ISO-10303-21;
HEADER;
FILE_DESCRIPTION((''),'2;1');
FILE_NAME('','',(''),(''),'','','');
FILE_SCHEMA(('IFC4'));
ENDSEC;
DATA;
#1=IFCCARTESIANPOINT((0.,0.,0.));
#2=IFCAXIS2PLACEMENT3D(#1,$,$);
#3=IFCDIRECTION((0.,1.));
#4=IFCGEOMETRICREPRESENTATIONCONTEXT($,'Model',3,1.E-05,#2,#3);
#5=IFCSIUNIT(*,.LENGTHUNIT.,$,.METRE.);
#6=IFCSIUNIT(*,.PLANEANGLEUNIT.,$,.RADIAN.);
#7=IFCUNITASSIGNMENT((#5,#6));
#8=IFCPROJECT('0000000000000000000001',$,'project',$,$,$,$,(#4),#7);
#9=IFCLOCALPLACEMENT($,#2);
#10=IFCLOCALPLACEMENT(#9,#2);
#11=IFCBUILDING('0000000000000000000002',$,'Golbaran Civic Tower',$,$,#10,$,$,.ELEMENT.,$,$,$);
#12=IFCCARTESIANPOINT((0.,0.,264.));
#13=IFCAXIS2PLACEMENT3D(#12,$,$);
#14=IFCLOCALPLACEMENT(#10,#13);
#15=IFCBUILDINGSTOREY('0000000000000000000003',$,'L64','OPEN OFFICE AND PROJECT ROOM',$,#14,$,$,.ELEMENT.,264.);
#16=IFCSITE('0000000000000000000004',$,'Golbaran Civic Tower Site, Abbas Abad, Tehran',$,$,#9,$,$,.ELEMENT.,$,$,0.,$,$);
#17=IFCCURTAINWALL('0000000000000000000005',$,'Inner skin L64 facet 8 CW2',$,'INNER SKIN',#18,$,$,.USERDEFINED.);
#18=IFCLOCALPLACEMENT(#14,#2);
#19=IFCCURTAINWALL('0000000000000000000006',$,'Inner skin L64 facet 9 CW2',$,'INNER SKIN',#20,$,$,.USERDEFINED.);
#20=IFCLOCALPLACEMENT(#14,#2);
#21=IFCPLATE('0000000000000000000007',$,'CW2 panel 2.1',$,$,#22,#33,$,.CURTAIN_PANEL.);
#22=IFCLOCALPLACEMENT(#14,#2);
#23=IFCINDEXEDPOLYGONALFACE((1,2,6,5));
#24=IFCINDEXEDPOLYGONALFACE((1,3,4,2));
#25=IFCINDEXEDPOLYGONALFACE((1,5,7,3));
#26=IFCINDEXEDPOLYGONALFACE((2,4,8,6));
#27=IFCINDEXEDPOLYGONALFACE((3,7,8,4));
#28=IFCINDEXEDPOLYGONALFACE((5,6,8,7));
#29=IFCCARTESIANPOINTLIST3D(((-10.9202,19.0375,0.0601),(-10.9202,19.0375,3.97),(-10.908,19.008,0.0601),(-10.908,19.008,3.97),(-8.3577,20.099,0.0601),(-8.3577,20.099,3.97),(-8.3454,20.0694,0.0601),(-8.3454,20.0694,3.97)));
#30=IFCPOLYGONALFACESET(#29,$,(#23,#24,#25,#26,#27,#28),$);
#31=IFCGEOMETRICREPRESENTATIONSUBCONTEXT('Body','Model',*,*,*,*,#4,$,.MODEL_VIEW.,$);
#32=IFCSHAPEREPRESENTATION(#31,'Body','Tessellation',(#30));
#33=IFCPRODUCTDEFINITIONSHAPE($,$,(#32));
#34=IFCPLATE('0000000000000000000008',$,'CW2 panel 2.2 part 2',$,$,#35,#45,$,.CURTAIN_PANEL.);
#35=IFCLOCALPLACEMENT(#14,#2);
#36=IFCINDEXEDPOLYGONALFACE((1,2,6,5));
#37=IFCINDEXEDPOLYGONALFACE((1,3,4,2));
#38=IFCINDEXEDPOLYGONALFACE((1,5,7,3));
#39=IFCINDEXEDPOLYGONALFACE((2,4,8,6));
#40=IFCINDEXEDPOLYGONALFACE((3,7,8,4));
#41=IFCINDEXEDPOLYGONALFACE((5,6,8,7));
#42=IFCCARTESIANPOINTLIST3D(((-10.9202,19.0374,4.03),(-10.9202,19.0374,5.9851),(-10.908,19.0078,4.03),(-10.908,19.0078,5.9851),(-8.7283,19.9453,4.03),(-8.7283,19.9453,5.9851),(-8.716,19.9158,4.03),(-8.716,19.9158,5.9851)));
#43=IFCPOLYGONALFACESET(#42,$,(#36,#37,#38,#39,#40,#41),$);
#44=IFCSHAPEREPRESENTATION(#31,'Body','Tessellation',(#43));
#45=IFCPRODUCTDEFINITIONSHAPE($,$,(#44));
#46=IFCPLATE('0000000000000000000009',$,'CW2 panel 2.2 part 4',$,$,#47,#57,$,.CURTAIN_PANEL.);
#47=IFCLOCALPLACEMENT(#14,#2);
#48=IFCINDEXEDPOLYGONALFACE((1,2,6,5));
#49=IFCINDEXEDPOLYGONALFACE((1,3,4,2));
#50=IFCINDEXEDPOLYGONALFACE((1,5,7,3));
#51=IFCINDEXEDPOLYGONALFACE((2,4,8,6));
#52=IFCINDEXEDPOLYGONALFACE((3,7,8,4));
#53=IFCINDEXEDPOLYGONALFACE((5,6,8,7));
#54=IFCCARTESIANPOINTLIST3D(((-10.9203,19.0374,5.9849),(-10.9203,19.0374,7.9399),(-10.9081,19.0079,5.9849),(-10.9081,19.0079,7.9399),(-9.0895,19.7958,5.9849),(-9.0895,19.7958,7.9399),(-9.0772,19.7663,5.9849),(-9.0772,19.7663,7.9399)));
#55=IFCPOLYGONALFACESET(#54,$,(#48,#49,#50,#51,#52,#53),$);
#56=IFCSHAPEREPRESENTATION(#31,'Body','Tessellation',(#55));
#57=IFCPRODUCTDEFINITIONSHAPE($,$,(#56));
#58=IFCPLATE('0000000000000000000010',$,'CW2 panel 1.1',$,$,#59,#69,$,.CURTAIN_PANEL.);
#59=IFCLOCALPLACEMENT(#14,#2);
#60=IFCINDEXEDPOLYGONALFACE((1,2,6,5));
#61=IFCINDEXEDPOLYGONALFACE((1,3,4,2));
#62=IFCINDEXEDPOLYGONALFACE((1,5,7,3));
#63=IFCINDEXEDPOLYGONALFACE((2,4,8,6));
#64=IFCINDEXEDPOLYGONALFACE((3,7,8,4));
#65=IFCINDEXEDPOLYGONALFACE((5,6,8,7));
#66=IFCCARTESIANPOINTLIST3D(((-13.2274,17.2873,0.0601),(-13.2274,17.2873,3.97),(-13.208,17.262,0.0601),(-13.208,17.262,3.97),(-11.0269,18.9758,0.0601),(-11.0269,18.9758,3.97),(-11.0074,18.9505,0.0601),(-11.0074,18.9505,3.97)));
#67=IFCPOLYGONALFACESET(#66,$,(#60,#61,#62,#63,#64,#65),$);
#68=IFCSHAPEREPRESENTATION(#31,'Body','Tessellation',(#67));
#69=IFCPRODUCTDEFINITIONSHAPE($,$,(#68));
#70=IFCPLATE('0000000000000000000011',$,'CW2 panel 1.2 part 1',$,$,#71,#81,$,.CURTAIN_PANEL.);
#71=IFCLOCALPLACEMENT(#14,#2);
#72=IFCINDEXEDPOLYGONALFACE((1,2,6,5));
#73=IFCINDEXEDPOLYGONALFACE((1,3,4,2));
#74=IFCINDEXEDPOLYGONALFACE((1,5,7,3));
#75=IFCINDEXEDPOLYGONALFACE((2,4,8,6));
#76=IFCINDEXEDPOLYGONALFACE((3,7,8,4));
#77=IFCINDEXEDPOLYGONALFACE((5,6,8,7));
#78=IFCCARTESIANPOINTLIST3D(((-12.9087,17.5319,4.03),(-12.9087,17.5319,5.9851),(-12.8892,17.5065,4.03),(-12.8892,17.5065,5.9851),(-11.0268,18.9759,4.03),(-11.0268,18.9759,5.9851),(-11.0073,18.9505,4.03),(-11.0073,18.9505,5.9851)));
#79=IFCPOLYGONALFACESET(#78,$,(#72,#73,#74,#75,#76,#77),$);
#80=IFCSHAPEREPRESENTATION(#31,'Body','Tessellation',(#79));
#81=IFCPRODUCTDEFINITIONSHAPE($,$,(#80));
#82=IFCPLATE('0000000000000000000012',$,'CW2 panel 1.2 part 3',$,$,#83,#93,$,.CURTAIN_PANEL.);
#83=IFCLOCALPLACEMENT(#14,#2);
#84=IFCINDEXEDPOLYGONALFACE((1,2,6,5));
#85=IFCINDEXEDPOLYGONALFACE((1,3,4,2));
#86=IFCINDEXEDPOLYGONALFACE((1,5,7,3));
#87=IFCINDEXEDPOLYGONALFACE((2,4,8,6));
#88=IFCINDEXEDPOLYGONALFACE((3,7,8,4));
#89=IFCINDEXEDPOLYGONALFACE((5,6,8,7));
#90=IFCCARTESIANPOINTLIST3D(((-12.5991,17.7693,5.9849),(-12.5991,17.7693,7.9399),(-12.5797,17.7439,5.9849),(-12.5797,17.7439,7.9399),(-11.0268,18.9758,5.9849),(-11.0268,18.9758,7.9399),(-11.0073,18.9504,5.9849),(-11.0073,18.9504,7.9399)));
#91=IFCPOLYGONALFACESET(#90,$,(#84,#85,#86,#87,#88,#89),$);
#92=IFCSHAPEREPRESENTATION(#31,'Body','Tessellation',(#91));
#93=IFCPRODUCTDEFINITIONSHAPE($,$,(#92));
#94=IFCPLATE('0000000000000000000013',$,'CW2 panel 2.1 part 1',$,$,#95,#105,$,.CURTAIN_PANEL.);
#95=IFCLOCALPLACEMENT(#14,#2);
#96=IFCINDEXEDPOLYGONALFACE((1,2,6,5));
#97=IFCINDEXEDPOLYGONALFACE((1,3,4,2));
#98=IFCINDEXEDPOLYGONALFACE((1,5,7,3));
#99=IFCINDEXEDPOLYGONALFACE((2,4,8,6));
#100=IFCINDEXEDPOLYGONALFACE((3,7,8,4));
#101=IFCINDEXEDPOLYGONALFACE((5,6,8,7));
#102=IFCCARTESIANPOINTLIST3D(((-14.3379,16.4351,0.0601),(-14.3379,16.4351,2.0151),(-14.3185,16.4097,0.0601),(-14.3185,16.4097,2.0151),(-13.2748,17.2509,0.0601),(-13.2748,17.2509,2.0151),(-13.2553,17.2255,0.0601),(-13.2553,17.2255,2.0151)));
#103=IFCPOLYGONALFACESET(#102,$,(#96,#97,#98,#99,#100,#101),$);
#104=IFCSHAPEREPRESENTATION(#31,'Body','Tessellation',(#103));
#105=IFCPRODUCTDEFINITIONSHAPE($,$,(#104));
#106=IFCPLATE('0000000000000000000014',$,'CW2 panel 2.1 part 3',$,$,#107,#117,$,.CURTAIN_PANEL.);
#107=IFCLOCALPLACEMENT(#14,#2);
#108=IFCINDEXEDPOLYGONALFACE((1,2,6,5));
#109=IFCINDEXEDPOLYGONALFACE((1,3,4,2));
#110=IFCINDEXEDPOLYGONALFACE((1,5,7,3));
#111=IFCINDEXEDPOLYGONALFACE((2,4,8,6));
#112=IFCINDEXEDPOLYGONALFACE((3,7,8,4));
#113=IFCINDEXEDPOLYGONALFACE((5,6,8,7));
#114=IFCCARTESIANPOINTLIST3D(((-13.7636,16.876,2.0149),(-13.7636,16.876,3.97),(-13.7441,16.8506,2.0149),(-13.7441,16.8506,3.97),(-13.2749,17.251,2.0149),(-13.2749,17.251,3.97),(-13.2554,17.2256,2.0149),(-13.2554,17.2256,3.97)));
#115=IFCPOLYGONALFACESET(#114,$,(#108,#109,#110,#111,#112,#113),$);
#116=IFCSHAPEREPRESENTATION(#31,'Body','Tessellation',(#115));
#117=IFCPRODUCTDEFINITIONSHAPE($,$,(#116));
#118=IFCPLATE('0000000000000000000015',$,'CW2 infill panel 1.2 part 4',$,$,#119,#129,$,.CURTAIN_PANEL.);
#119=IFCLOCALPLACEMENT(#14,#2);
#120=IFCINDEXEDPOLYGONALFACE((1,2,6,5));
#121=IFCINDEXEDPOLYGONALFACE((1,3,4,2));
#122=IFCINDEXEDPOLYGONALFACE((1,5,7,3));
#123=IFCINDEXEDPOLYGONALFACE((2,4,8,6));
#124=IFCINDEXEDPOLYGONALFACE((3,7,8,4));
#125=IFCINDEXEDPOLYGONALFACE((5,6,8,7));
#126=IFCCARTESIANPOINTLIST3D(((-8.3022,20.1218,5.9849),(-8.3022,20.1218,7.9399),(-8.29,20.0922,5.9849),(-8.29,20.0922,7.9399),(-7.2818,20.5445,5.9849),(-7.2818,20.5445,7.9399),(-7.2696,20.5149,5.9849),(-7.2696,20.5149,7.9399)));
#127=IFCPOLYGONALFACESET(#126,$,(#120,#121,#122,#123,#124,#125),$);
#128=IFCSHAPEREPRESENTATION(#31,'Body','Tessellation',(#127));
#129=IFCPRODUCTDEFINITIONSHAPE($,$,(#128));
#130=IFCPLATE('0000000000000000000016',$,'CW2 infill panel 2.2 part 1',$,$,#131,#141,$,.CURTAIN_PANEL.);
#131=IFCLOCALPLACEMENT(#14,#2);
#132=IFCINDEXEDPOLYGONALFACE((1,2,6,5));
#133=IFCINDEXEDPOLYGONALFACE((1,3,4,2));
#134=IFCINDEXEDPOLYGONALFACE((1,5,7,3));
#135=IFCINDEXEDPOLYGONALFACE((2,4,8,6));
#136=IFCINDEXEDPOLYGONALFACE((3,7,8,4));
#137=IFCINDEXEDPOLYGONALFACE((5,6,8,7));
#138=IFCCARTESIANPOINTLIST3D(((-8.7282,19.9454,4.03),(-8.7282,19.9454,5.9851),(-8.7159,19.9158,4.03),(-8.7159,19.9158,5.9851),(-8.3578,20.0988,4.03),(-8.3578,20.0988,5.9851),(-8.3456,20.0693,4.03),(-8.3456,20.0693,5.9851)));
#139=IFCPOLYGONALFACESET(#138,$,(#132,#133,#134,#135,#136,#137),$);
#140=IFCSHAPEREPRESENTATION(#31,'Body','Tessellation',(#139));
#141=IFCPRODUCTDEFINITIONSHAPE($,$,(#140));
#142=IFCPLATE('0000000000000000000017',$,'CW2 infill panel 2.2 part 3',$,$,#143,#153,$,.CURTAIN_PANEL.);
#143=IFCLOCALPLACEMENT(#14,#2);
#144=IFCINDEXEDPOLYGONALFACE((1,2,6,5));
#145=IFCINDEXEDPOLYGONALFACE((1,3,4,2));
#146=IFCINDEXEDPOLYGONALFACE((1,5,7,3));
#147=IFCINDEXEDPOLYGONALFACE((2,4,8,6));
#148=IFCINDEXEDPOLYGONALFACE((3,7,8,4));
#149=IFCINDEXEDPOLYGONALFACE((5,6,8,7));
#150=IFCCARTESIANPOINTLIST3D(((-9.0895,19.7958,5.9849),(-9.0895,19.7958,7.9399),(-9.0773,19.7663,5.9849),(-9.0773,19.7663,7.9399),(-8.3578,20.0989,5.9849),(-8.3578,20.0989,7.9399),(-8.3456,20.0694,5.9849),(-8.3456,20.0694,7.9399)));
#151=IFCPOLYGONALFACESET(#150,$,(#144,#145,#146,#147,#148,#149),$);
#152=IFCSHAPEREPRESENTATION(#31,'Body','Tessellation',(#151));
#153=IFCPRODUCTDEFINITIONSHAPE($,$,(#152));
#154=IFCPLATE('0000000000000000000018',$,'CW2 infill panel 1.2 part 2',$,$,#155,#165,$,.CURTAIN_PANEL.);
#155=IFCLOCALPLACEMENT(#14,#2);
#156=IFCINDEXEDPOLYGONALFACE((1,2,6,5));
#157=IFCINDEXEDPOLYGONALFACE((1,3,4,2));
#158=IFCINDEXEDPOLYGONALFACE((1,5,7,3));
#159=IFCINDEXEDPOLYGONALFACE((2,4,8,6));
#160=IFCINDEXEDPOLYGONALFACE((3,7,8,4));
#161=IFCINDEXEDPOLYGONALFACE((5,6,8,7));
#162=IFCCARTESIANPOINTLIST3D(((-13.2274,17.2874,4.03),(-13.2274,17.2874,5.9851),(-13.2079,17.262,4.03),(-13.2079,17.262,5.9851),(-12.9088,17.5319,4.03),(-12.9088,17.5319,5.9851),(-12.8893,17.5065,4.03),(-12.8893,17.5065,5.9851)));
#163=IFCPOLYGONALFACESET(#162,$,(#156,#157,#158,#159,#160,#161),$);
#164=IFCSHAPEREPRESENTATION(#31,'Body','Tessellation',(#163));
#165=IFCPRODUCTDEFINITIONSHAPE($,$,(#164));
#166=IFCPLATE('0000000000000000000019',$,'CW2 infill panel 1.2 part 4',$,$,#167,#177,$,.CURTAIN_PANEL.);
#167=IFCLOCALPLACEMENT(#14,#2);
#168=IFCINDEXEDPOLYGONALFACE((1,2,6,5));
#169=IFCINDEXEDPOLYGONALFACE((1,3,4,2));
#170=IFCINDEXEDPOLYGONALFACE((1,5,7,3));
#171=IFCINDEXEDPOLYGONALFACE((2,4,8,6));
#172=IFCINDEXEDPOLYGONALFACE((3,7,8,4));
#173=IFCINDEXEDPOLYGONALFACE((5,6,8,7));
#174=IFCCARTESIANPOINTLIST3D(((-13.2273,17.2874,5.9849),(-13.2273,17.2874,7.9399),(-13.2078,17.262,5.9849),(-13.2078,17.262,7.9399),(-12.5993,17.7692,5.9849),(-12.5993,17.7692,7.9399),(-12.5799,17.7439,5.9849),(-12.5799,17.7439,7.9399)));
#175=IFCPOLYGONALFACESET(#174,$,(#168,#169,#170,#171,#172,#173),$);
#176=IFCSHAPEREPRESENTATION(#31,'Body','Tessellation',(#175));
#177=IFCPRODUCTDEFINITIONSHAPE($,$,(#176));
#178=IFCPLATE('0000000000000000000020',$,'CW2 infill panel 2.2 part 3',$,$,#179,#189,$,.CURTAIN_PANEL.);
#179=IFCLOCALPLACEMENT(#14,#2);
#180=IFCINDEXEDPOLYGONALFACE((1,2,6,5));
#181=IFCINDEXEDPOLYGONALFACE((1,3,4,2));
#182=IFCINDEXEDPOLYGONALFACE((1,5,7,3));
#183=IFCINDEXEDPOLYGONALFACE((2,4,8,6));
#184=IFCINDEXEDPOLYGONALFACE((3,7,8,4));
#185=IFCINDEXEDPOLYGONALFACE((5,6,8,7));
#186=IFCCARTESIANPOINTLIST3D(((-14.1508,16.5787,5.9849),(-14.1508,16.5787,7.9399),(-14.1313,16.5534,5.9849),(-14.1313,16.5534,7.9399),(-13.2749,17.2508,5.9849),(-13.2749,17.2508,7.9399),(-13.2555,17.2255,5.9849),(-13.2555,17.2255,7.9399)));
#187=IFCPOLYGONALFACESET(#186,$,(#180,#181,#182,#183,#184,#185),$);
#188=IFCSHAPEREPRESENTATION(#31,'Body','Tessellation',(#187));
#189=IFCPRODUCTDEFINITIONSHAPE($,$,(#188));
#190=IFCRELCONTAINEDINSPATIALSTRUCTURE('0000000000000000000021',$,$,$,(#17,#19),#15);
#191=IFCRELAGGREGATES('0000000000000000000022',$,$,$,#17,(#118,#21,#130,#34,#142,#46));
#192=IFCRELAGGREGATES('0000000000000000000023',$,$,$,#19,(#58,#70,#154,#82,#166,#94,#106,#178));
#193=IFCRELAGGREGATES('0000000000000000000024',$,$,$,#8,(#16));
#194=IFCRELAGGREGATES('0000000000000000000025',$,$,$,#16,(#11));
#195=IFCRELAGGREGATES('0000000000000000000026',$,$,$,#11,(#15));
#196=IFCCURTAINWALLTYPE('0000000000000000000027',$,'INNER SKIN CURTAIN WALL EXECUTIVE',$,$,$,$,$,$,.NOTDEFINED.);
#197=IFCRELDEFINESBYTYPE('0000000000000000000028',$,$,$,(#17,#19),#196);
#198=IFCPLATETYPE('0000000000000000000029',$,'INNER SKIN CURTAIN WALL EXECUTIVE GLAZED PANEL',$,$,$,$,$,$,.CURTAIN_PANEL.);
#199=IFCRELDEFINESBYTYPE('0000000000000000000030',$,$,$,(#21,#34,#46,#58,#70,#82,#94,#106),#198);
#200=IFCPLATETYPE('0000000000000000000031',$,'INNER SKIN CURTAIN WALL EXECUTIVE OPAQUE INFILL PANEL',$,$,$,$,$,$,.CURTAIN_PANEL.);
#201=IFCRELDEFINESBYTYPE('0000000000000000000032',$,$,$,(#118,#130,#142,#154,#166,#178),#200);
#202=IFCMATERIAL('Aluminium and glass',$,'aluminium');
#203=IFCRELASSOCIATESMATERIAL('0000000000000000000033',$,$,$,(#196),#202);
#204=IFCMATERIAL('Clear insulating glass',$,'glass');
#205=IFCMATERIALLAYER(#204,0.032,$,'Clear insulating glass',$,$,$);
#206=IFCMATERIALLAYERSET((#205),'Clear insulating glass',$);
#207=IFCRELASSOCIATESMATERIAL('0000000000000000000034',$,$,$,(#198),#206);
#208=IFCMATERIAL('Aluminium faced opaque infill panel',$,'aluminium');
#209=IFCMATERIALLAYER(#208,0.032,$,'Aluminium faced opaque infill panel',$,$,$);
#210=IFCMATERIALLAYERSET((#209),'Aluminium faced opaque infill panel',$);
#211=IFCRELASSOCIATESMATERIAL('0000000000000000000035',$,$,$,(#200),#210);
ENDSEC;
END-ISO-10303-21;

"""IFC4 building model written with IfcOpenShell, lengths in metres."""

from ifc_helpers import new_model, si_unit, direction, frame, origin, origin_2d, place, context, subcontext, project, spatial, rectangle, extrude, material, layer, layer_set, type_object, element, aggregate, save


model = new_model("IFC4")

# Units and contexts
model_context = context("Model", 3, precision=1e-05, world=origin(), true_north=direction((0.0, 1.0)))
body_context = subcontext(model_context, "Body", "Model", "MODEL_VIEW")
ifc_project = project(units=[si_unit("LENGTHUNIT", "METRE"), si_unit("PLANEANGLEUNIT", "RADIAN")], contexts=[model_context])

# Site, building, storey
site_placement = place(None, origin())
site = spatial("IfcSite", under=ifc_project, at=site_placement, Name="Golbaran Civic Tower Site, Abbas Abad, Tehran", CompositionType="ELEMENT", RefElevation=0.0)
building_placement = place(site_placement, origin())
building = spatial("IfcBuilding", under=site, at=building_placement, Name="Golbaran Civic Tower", CompositionType="ELEMENT")
storey_placement = place(building_placement, frame((0.0, 0.0, 264.0)))
storey = spatial("IfcBuildingStorey", under=building, at=storey_placement, Name="L64", Description="OPEN OFFICE AND PROJECT ROOM", CompositionType="ELEMENT", Elevation=264.0)

# Curtain walls
ifc_material_1 = material(Name="Aluminium and glass", Category="aluminium")
curtain_wall_type = type_object("IfcCurtainWallType", Name="INNER SKIN CURTAIN WALL EXECUTIVE", PredefinedType="NOTDEFINED", material=ifc_material_1)
curtain_wall_1_placement = place(storey_placement, origin())
curtain_wall_1 = element("IfcCurtainWall", 1, at=curtain_wall_1_placement, inside=storey, type_object=curtain_wall_type, Name="Inner skin L64 facet 8 CW2", ObjectType="INNER SKIN", PredefinedType="USERDEFINED")
curtain_wall_2_placement = place(storey_placement, origin())
curtain_wall_2 = element("IfcCurtainWall", 2, at=curtain_wall_2_placement, inside=storey, type_object=curtain_wall_type, Name="Inner skin L64 facet 9 CW2", ObjectType="INNER SKIN", PredefinedType="USERDEFINED")

# Plates
ifc_material_2 = material(Name="Clear insulating glass", Category="glass")
ifc_layer_1 = layer(ifc_material_2, 0.032, Name="Clear insulating glass")
ifc_layer_set_1 = layer_set([ifc_layer_1], Name="Clear insulating glass")
plate_type_1 = type_object("IfcPlateType", Name="INNER SKIN CURTAIN WALL EXECUTIVE GLAZED PANEL", PredefinedType="CURTAIN_PANEL", material=ifc_layer_set_1)
plate_1_placement = place(storey_placement, frame((-9.6328, 19.5535, 0.0601), z_axis=(0.0, 0.0, 1.0), x_axis=(-0.92388, -0.382683, 0.0)))
plate_1 = element("IfcPlate", 3, at=plate_1_placement, type_object=plate_type_1, Name="CW2 panel 2.1", PredefinedType="CURTAIN_PANEL", context=body_context, shape_type="SweptSolid", body=[
    extrude(rectangle(XDim=2.7737, YDim=0.032, at=origin_2d()), origin(), (0.0, 0.0, 1.0), 3.9099),
])
plate_2_placement = place(storey_placement, frame((-9.8181, 19.4766, 4.03), z_axis=(0.0, 0.0, 1.0), x_axis=(-0.92388, -0.382683, 0.0)))
plate_2 = element("IfcPlate", 4, at=plate_2_placement, type_object=plate_type_1, Name="CW2 panel 2.2 part 2", PredefinedType="CURTAIN_PANEL", context=body_context, shape_type="SweptSolid", body=[
    extrude(rectangle(XDim=2.3726, YDim=0.032, at=origin_2d()), origin(), (0.0, 0.0, 1.0), 1.9551),
])
plate_3_placement = place(storey_placement, frame((-9.9988, 19.4019, 5.9849), z_axis=(0.0, 0.0, 1.0), x_axis=(-0.92388, -0.382683, 0.0)))
plate_3 = element("IfcPlate", 5, at=plate_3_placement, type_object=plate_type_1, Name="CW2 panel 2.2 part 4", PredefinedType="CURTAIN_PANEL", context=body_context, shape_type="SweptSolid", body=[
    extrude(rectangle(XDim=1.9817, YDim=0.032, at=origin_2d()), origin(), (0.0, 0.0, 1.0), 1.9551),
])
plate_4_placement = place(storey_placement, frame((-12.1174, 18.1189, 0.0601), z_axis=(0.0, 0.0, 1.0), x_axis=(-0.793353, -0.608761, 0.0)))
plate_4 = element("IfcPlate", 6, at=plate_4_placement, type_object=plate_type_1, Name="CW2 panel 1.1", PredefinedType="CURTAIN_PANEL", context=body_context, shape_type="SweptSolid", body=[
    extrude(rectangle(XDim=2.7737, YDim=0.032, at=origin_2d()), origin(), (0.0, 0.0, 1.0), 3.9099),
])
plate_5_placement = place(storey_placement, frame((-11.958, 18.2412, 4.03), z_axis=(0.0, 0.0, 1.0), x_axis=(-0.793353, -0.608761, 0.0)))
plate_5 = element("IfcPlate", 7, at=plate_5_placement, type_object=plate_type_1, Name="CW2 panel 1.2 part 1", PredefinedType="CURTAIN_PANEL", context=body_context, shape_type="SweptSolid", body=[
    extrude(rectangle(XDim=2.3721, YDim=0.032, at=origin_2d()), origin(), (0.0, 0.0, 1.0), 1.9551),
])
plate_6_placement = place(storey_placement, frame((-11.8032, 18.3599, 5.9849), z_axis=(0.0, 0.0, 1.0), x_axis=(-0.793353, -0.608761, 0.0)))
plate_6 = element("IfcPlate", 8, at=plate_6_placement, type_object=plate_type_1, Name="CW2 panel 1.2 part 3", PredefinedType="CURTAIN_PANEL", context=body_context, shape_type="SweptSolid", body=[
    extrude(rectangle(XDim=1.9819, YDim=0.032, at=origin_2d()), origin(), (0.0, 0.0, 1.0), 1.9551),
])
plate_7_placement = place(storey_placement, frame((-13.7966, 16.8303, 0.0601), z_axis=(0.0, 0.0, 1.0), x_axis=(-0.793353, -0.608761, 0.0)))
plate_7 = element("IfcPlate", 9, at=plate_7_placement, type_object=plate_type_1, Name="CW2 panel 2.1 part 1", PredefinedType="CURTAIN_PANEL", context=body_context, shape_type="SweptSolid", body=[
    extrude(rectangle(XDim=1.3401, YDim=0.032, at=origin_2d()), origin(), (0.0, 0.0, 1.0), 1.9551),
])
plate_8_placement = place(storey_placement, frame((-13.5095, 17.0508, 2.0149), z_axis=(0.0, 0.0, 1.0), x_axis=(-0.793353, -0.608761, 0.0)))
plate_8 = element("IfcPlate", 10, at=plate_8_placement, type_object=plate_type_1, Name="CW2 panel 2.1 part 3", PredefinedType="CURTAIN_PANEL", context=body_context, shape_type="SweptSolid", body=[
    extrude(rectangle(XDim=0.616, YDim=0.032, at=origin_2d()), origin(), (0.0, 0.0, 1.0), 1.9551),
])
ifc_material_3 = material(Name="Aluminium faced opaque infill panel", Category="aluminium")
ifc_layer_2 = layer(ifc_material_3, 0.032, Name="Aluminium faced opaque infill panel")
ifc_layer_set_2 = layer_set([ifc_layer_2], Name="Aluminium faced opaque infill panel")
plate_type_2 = type_object("IfcPlateType", Name="INNER SKIN CURTAIN WALL EXECUTIVE OPAQUE INFILL PANEL", PredefinedType="CURTAIN_PANEL", material=ifc_layer_set_2)
plate_9_placement = place(storey_placement, frame((-7.7859, 20.3184, 5.9849), z_axis=(0.0, 0.0, 1.0), x_axis=(-0.92388, -0.382683, 0.0)))
plate_9 = element("IfcPlate", 11, at=plate_9_placement, type_object=plate_type_2, Name="CW2 infill panel 1.2 part 4", PredefinedType="CURTAIN_PANEL", context=body_context, shape_type="SweptSolid", body=[
    extrude(rectangle(XDim=1.1045, YDim=0.032, at=origin_2d()), origin(), (0.0, 0.0, 1.0), 1.9551),
])
plate_10_placement = place(storey_placement, frame((-8.5369, 20.0073, 4.03), z_axis=(0.0, 0.0, 1.0), x_axis=(-0.92388, -0.382683, 0.0)))
plate_10 = element("IfcPlate", 12, at=plate_10_placement, type_object=plate_type_2, Name="CW2 infill panel 2.2 part 1", PredefinedType="CURTAIN_PANEL", context=body_context, shape_type="SweptSolid", body=[
    extrude(rectangle(XDim=0.4009, YDim=0.032, at=origin_2d()), origin(), (0.0, 0.0, 1.0), 1.9551),
])
plate_11_placement = place(storey_placement, frame((-8.7175, 19.9326, 5.9849), z_axis=(0.0, 0.0, 1.0), x_axis=(-0.92388, -0.382683, 0.0)))
plate_11 = element("IfcPlate", 13, at=plate_11_placement, type_object=plate_type_2, Name="CW2 infill panel 2.2 part 3", PredefinedType="CURTAIN_PANEL", context=body_context, shape_type="SweptSolid", body=[
    extrude(rectangle(XDim=0.792, YDim=0.032, at=origin_2d()), origin(), (0.0, 0.0, 1.0), 1.9551),
])
aggregate(curtain_wall_1, [plate_9, plate_1, plate_10, plate_2, plate_11, plate_3])
plate_12_placement = place(storey_placement, frame((-13.0583, 17.397, 4.03), z_axis=(0.0, 0.0, 1.0), x_axis=(-0.793353, -0.608761, 0.0)))
plate_12 = element("IfcPlate", 14, at=plate_12_placement, type_object=plate_type_2, Name="CW2 infill panel 1.2 part 2", PredefinedType="CURTAIN_PANEL", context=body_context, shape_type="SweptSolid", body=[
    extrude(rectangle(XDim=0.4016, YDim=0.032, at=origin_2d()), origin(), (0.0, 0.0, 1.0), 1.9551),
])
plate_13_placement = place(storey_placement, frame((-12.9036, 17.5156, 5.9849), z_axis=(0.0, 0.0, 1.0), x_axis=(-0.793353, -0.608761, 0.0)))
plate_13 = element("IfcPlate", 15, at=plate_13_placement, type_object=plate_type_2, Name="CW2 infill panel 1.2 part 4", PredefinedType="CURTAIN_PANEL", context=body_context, shape_type="SweptSolid", body=[
    extrude(rectangle(XDim=0.7915, YDim=0.032, at=origin_2d()), origin(), (0.0, 0.0, 1.0), 1.9551),
])
plate_14_placement = place(storey_placement, frame((-13.7031, 16.9021, 5.9849), z_axis=(0.0, 0.0, 1.0), x_axis=(-0.793353, -0.608761, 0.0)))
plate_14 = element("IfcPlate", 16, at=plate_14_placement, type_object=plate_type_2, Name="CW2 infill panel 2.2 part 3", PredefinedType="CURTAIN_PANEL", context=body_context, shape_type="SweptSolid", body=[
    extrude(rectangle(XDim=1.104, YDim=0.032, at=origin_2d()), origin(), (0.0, 0.0, 1.0), 1.9551),
])
aggregate(curtain_wall_2, [plate_4, plate_5, plate_12, plate_6, plate_13, plate_7, plate_8, plate_14])

save(model, "model.ifc")
